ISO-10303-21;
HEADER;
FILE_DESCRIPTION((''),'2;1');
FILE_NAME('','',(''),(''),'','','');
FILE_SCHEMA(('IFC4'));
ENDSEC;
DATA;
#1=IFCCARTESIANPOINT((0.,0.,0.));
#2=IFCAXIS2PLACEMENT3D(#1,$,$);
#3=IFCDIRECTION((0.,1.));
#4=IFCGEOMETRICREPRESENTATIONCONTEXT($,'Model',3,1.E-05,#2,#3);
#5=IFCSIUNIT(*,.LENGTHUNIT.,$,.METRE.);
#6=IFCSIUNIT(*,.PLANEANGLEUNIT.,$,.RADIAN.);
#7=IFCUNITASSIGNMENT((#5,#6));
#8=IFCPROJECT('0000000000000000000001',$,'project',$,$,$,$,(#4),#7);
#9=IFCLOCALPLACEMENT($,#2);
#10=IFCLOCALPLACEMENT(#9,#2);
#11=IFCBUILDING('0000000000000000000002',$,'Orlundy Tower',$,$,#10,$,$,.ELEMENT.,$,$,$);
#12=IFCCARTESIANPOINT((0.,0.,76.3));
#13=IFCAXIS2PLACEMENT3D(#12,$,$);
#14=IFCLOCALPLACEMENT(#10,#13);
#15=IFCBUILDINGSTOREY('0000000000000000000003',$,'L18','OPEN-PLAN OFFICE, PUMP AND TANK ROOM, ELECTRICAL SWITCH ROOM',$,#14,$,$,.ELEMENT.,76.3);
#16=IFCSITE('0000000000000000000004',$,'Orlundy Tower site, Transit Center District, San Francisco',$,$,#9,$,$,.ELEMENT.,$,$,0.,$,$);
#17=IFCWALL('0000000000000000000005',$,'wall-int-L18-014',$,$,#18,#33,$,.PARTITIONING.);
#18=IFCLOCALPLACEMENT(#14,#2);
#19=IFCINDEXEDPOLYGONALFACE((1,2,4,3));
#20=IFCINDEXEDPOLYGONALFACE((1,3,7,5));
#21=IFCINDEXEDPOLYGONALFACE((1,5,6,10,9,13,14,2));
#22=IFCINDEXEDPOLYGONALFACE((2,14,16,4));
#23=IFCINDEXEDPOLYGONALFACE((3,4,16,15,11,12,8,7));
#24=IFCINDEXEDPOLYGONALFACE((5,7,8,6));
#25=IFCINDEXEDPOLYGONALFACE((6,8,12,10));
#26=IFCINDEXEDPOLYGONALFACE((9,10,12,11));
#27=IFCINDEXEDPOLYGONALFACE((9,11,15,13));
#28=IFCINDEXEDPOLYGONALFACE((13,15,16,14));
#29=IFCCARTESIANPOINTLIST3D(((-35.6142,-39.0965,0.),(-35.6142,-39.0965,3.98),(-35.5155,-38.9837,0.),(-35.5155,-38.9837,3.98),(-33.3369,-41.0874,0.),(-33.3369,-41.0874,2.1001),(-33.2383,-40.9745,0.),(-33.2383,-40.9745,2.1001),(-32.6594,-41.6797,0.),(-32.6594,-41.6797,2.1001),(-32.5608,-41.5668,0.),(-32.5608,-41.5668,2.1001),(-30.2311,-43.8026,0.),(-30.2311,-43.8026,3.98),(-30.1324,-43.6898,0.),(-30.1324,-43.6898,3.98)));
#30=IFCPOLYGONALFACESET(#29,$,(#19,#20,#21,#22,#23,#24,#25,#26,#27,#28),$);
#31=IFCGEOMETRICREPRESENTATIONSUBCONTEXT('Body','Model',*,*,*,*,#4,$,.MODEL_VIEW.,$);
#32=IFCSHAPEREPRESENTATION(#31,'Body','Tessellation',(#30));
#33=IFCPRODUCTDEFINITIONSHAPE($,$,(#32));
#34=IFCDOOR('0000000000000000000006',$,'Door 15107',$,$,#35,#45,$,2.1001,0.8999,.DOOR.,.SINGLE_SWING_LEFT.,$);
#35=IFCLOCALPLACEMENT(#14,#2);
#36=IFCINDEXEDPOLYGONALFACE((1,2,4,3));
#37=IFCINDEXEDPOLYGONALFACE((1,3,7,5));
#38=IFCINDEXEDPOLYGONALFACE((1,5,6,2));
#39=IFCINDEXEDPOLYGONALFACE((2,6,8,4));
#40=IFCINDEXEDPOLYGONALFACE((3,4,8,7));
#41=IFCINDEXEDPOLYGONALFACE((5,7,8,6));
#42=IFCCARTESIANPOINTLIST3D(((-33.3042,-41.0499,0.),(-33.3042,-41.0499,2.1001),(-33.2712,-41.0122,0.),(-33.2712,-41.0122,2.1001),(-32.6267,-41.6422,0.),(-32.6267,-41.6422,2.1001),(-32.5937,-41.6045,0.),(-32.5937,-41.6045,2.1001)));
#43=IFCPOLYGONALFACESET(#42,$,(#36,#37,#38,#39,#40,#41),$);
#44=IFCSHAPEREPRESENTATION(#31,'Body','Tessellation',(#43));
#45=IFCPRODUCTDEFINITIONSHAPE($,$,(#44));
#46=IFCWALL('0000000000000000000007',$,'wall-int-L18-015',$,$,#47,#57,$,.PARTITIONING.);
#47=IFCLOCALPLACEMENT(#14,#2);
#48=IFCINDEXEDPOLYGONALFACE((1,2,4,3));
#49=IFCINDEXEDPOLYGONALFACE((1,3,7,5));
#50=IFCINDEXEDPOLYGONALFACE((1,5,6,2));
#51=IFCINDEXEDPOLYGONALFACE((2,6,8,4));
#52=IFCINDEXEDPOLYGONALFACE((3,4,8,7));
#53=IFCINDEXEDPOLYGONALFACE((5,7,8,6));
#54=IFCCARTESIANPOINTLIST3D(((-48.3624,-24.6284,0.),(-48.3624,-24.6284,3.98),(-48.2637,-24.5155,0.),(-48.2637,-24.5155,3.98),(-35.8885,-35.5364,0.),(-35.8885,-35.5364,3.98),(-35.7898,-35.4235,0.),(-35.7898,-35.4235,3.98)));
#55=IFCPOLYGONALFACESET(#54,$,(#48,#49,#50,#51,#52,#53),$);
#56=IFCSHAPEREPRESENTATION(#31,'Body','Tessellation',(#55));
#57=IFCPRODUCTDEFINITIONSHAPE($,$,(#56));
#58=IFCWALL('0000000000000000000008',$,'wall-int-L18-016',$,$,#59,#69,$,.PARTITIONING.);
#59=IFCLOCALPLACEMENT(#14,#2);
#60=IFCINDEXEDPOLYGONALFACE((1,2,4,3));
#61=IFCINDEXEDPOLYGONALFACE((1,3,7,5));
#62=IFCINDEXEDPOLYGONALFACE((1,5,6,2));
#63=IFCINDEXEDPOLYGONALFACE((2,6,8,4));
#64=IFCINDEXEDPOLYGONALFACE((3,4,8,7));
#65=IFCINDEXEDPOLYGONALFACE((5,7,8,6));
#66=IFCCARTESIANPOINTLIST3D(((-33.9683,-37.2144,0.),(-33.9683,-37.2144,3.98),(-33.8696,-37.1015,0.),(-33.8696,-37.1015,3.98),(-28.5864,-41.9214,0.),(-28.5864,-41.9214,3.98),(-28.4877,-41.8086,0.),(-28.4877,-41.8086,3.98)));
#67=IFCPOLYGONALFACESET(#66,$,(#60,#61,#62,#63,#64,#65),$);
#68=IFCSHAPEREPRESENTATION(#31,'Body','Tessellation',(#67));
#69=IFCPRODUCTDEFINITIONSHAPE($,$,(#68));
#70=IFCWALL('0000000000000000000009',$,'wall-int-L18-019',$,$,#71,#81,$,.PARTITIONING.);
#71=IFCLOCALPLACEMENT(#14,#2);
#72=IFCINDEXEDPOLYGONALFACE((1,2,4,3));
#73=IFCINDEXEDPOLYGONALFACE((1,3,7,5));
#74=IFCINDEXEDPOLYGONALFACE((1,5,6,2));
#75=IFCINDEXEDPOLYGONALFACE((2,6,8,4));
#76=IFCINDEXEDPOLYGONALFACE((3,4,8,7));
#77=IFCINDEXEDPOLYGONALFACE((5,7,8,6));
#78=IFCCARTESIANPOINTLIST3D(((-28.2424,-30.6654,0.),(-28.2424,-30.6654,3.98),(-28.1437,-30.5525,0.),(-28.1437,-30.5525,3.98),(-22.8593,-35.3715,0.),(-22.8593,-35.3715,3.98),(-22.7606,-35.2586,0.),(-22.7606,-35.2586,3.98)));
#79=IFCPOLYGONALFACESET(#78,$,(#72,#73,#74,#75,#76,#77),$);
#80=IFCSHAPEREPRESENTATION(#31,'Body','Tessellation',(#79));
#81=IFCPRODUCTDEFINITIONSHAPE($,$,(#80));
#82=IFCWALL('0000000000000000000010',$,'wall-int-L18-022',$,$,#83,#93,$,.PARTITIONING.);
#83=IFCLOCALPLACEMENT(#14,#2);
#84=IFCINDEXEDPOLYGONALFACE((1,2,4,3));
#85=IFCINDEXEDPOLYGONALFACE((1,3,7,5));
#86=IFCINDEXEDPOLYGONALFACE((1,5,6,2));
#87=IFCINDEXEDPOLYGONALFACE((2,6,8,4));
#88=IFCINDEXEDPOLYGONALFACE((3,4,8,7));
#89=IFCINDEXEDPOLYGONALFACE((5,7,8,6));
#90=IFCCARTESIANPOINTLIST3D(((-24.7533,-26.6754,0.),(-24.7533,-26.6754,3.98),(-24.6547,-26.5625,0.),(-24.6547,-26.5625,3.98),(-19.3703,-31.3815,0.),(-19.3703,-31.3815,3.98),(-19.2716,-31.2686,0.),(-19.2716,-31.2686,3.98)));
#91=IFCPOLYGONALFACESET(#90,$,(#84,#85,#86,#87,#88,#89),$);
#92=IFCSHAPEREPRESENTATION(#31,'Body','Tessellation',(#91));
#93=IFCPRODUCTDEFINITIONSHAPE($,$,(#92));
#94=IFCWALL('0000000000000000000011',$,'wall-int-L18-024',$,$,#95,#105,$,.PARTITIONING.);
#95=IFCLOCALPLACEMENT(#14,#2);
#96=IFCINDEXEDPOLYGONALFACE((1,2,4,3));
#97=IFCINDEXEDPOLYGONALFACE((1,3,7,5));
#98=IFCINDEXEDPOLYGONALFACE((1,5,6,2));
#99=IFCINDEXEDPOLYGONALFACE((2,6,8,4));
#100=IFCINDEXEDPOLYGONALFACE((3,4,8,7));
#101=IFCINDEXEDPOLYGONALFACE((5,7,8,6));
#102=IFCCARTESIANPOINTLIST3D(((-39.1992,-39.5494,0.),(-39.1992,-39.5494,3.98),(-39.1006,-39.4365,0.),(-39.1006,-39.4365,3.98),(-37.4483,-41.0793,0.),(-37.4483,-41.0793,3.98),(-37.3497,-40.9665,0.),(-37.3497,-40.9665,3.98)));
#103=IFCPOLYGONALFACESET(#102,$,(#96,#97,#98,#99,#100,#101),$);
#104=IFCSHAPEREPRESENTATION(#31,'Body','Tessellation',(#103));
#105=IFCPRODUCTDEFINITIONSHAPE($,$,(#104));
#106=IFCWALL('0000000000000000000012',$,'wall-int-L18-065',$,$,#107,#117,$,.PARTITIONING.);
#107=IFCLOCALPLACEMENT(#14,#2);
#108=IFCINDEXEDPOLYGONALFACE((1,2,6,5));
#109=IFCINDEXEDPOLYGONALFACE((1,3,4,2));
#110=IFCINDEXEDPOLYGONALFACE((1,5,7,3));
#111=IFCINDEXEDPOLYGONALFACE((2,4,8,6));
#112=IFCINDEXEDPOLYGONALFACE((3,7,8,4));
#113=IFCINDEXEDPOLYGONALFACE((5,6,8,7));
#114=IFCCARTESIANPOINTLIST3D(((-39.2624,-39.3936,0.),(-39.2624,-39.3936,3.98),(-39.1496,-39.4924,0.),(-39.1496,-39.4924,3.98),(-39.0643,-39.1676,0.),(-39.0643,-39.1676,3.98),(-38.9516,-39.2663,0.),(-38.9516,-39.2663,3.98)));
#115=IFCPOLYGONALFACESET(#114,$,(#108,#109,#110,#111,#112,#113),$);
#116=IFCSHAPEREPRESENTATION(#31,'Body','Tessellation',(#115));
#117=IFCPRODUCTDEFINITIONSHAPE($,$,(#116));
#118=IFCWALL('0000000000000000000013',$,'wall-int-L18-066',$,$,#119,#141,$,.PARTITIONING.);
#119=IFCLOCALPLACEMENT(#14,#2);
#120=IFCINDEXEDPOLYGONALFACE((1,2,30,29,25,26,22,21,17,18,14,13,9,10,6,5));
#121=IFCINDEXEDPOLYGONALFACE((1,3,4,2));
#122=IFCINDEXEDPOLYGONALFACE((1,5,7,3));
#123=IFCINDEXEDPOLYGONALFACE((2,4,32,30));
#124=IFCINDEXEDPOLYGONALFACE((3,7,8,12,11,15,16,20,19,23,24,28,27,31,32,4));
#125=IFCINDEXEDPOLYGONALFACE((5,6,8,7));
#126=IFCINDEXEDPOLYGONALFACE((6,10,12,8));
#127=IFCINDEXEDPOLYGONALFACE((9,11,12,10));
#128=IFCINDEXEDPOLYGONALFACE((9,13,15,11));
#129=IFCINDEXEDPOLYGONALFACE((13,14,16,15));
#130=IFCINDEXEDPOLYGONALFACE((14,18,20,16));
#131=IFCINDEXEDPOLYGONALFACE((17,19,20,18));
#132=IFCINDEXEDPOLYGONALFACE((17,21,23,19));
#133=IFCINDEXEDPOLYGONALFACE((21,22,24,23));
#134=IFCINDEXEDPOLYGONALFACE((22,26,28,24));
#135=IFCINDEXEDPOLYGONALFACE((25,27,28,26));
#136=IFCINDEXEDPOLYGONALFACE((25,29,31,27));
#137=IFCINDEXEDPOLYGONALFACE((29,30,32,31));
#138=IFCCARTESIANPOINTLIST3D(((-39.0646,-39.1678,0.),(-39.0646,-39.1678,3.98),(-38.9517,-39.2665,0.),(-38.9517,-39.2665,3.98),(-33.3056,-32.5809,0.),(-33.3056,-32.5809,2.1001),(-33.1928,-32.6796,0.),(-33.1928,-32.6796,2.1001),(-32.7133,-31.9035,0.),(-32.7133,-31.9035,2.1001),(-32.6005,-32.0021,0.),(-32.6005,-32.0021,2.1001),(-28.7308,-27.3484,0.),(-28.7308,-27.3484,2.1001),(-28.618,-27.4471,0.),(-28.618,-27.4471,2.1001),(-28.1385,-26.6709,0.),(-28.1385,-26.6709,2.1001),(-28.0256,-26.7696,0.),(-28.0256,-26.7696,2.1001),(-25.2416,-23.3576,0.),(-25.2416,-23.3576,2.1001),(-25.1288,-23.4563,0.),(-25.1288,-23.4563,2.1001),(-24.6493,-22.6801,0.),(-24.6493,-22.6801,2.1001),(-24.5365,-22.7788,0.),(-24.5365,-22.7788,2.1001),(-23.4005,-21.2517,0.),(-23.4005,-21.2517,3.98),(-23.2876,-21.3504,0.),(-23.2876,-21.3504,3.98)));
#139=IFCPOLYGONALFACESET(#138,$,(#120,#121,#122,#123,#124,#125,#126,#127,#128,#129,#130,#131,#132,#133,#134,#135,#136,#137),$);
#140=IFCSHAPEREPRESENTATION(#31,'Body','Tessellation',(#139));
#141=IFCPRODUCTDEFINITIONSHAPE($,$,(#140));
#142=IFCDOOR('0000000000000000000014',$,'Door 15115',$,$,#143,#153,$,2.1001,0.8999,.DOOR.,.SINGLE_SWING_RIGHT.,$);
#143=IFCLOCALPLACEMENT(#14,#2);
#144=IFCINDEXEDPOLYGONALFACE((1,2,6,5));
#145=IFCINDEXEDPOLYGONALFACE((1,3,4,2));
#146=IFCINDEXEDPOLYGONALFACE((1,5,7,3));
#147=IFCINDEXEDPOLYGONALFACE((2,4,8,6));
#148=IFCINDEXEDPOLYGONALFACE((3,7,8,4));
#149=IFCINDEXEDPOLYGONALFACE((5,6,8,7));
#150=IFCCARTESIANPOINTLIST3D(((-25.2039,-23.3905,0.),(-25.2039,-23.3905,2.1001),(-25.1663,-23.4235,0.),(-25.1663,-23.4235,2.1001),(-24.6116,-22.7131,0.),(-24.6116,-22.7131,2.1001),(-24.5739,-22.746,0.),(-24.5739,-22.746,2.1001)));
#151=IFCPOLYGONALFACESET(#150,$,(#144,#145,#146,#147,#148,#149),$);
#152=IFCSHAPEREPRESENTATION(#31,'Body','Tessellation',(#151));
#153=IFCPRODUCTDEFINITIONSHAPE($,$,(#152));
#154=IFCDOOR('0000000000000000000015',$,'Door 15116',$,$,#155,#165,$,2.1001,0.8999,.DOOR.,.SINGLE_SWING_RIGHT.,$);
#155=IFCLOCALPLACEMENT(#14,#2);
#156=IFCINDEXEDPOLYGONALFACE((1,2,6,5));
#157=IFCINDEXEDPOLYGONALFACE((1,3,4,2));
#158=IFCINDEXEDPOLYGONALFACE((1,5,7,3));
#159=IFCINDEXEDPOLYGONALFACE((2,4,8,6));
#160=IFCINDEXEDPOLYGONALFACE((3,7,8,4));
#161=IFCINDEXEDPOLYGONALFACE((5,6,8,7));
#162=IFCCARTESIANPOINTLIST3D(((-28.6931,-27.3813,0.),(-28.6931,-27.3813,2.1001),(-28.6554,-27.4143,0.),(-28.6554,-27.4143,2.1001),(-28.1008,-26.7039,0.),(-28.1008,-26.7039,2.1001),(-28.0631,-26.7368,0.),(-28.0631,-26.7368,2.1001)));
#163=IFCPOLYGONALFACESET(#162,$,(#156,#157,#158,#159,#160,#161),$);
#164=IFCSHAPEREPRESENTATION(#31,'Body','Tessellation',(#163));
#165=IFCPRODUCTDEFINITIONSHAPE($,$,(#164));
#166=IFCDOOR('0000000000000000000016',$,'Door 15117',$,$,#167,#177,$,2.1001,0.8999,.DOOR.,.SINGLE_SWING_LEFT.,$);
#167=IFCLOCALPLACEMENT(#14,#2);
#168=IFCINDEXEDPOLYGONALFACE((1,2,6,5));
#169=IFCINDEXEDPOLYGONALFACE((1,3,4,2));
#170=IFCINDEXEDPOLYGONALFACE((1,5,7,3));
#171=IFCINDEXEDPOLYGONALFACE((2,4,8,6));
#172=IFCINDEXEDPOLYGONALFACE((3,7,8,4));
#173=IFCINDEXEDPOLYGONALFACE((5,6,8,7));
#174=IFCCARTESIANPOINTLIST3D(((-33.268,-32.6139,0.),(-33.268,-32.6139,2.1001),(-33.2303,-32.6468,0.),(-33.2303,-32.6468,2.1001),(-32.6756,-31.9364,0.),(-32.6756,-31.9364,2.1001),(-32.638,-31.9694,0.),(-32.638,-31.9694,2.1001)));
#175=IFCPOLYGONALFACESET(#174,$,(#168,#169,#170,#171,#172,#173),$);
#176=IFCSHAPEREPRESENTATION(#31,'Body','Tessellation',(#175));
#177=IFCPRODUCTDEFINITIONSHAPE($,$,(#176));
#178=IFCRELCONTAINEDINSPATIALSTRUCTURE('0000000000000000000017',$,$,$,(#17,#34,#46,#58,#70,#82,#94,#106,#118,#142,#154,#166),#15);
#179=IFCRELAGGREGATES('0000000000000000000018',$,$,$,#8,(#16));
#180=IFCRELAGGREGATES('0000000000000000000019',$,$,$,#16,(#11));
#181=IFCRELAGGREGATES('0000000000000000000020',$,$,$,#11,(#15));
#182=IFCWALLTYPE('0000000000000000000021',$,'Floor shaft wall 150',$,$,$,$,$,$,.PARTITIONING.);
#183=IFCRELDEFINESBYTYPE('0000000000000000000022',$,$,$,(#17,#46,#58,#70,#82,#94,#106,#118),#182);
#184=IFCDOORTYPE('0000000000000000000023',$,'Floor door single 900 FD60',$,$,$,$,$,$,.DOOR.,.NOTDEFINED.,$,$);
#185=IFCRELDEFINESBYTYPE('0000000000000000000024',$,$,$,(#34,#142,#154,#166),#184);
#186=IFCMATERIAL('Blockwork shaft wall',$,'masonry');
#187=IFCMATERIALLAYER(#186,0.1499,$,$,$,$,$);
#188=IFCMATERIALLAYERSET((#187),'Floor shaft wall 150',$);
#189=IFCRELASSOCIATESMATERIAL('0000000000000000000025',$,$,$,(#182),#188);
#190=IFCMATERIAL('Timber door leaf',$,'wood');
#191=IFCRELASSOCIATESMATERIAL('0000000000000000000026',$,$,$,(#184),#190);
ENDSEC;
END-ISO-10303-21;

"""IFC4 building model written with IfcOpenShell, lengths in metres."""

from ifc_helpers import new_model, si_unit, direction, frame, frame_2d, origin, place, context, subcontext, project, spatial, rectangle, extrude, material, layer, layer_set, type_object, element, fill, save


model = new_model("IFC4")

# Units and contexts
model_context = context("Model", 3, precision=1e-05, world=origin(), true_north=direction((0.0, 1.0)))
body_context = subcontext(model_context, "Body", "Model", "MODEL_VIEW")
ifc_project = project(units=[si_unit("LENGTHUNIT", "METRE"), si_unit("PLANEANGLEUNIT", "RADIAN")], contexts=[model_context])

# Site, building, storey
site_placement = place(None, origin())
site = spatial("IfcSite", under=ifc_project, at=site_placement, Name="Orlundy Tower site, Transit Center District, San Francisco", CompositionType="ELEMENT", RefElevation=0.0)
building_placement = place(site_placement, origin())
building = spatial("IfcBuilding", under=site, at=building_placement, Name="Orlundy Tower", CompositionType="ELEMENT")
storey_placement = place(building_placement, frame((0.0, 0.0, 76.3)))
storey = spatial("IfcBuildingStorey", under=building, at=storey_placement, Name="L18", Description="OPEN-PLAN OFFICE, PUMP AND TANK ROOM, ELECTRICAL SWITCH ROOM", CompositionType="ELEMENT", Elevation=76.3)

# Wall, opening, door
ifc_material_1 = material(Name="Blockwork shaft wall", Category="masonry")
ifc_layer_1 = layer(ifc_material_1, 0.1499)
ifc_layer_set_1 = layer_set([ifc_layer_1], Name="Floor shaft wall 150")
wall_type = type_object("IfcWallType", Name="Floor shaft wall 150", PredefinedType="PARTITIONING", material=ifc_layer_set_1)
wall_1_placement = place(storey_placement, frame((-35.5649, -39.04, 0.0), z_axis=(0.0, 0.0, 1.0), x_axis=(0.752862, -0.658178, 0.0)))
wall_1 = element("IfcWall", 1, at=wall_1_placement, inside=storey, type_object=wall_type, Name="wall-int-L18-014", PredefinedType="PARTITIONING", context=body_context, shape_type="SweptSolid", body=[
    extrude(rectangle(XDim=7.1501, YDim=0.1499, at=frame_2d((3.5752, 0.0))), origin(), (0.0, 0.0, 1.0), 3.98),
])
opening_1_placement = place(wall_1_placement, frame((3.0249, 0.0, 0.0)))
opening_1 = element("IfcOpeningElement", 2, at=opening_1_placement, cuts=wall_1, PredefinedType="OPENING", context=body_context, shape_type="SweptSolid", body=[
    extrude(rectangle(XDim=0.8999, YDim=2.1001, at=frame_2d((0.45, 1.05))), frame((0.0, 0.085, 0.0), z_axis=(0.0, -1.0, 0.0), x_axis=(1.0, 0.0, 0.0)), (0.0, 0.0, 1.0), 0.1699),
])
ifc_material_2 = material(Name="Timber door leaf", Category="wood")
door_type = type_object("IfcDoorType", Name="Floor door single 900 FD60", OperationType="NOTDEFINED", PredefinedType="DOOR", material=ifc_material_2)
door_1_placement = place(opening_1_placement, origin())
door_1 = element("IfcDoor", 3, at=door_1_placement, inside=storey, type_object=door_type, Name="Door 15107", OperationType="SINGLE_SWING_LEFT", OverallHeight=2.1001, OverallWidth=0.8999, PredefinedType="DOOR", context=body_context, shape_type="SweptSolid", body=[
    extrude(rectangle(XDim=0.8999, YDim=2.1001, at=frame_2d((0.45, 1.05))), frame((0.0, 0.0249, 0.0), z_axis=(0.0, -1.0, 0.0), x_axis=(1.0, 0.0, 0.0)), (0.0, 0.0, 1.0), 0.05),
])
fill(opening_1, door_1)

# Walls
wall_2_placement = place(storey_placement, frame((-48.313, -24.572, 0.0), z_axis=(0.0, 0.0, 1.0), x_axis=(0.752777, -0.658276, 0.0)))
element("IfcWall", 4, at=wall_2_placement, inside=storey, type_object=wall_type, Name="wall-int-L18-015", PredefinedType="PARTITIONING", context=body_context, shape_type="SweptSolid", body=[
    extrude(rectangle(XDim=16.5706, YDim=0.1499, at=frame_2d((8.2852, 0.0))), origin(), (0.0, 0.0, 1.0), 3.98),
])
wall_3_placement = place(storey_placement, frame((-33.9189, -37.158, 0.0), z_axis=(0.0, 0.0, 1.0), x_axis=(0.752721, -0.65834, 0.0)))
element("IfcWall", 5, at=wall_3_placement, inside=storey, type_object=wall_type, Name="wall-int-L18-016", PredefinedType="PARTITIONING", context=body_context, shape_type="SweptSolid", body=[
    extrude(rectangle(XDim=7.1499, YDim=0.1499, at=frame_2d((3.575, 0.0))), origin(), (0.0, 0.0, 1.0), 3.98),
])
for number, where, z_axis, x_axis, name in (
    (6, (-28.1931, -30.6089, 0.0), (0.0, 0.0, 1.0), (0.752862, -0.658178, 0.0), "wall-int-L18-019"),
    (7, (-24.7041, -26.6189, 0.0), (0.0, 0.0, 1.0), (0.752862, -0.658178, 0.0), "wall-int-L18-022"),
):
    element("IfcWall", number, at=place(storey_placement, frame(where, z_axis=z_axis, x_axis=x_axis)), inside=storey, type_object=wall_type, Name=name, PredefinedType="PARTITIONING", context=body_context, shape_type="SweptSolid", body=[
        extrude(rectangle(XDim=7.1501, YDim=0.1499, at=frame_2d((3.5752, 0.0))), origin(), (0.0, 0.0, 1.0), 3.98),
    ])
wall_4_placement = place(storey_placement, frame((-39.1499, -39.4929, 0.0), z_axis=(0.0, 0.0, 1.0), x_axis=(0.753019, -0.657999, 0.0)))
element("IfcWall", 8, at=wall_4_placement, inside=storey, type_object=wall_type, Name="wall-int-L18-024", PredefinedType="PARTITIONING", context=body_context, shape_type="SweptSolid", body=[
    extrude(rectangle(XDim=2.3252, YDim=0.1499, at=frame_2d((1.1626, 0.0))), origin(), (0.0, 0.0, 1.0), 3.98),
])
wall_5_placement = place(storey_placement, frame((-39.2061, -39.4431, 0.0), z_axis=(0.0, 0.0, 1.0), x_axis=(0.65885, 0.752275, 0.0)))
element("IfcWall", 9, at=wall_5_placement, inside=storey, type_object=wall_type, Name="wall-int-L18-065", PredefinedType="PARTITIONING", context=body_context, shape_type="SweptSolid", body=[
    extrude(rectangle(XDim=0.3005, YDim=0.1499, at=frame_2d((0.1504, 0.0))), origin(), (0.0, 0.0, 1.0), 3.98),
])

# Wall, openings, doors
wall_6_placement = place(storey_placement, frame((-39.0081, -39.217, 0.0), z_axis=(0.0, 0.0, 1.0), x_axis=(0.658208, 0.752836, 0.0)))
wall_6 = element("IfcWall", 10, at=wall_6_placement, inside=storey, type_object=wall_type, Name="wall-int-L18-066", PredefinedType="PARTITIONING", context=body_context, shape_type="SweptSolid", body=[
    extrude(rectangle(XDim=23.7981, YDim=0.1499, at=frame_2d((11.8989, 0.0))), origin(), (0.0, 0.0, 1.0), 3.98),
])
opening_2_placement = place(wall_6_placement, frame((21.0007, 0.0, 0.0)))
opening_2 = element("IfcOpeningElement", 11, at=opening_2_placement, cuts=wall_6, PredefinedType="OPENING", context=body_context, shape_type="SweptSolid", body=[
    extrude(rectangle(XDim=0.8999, YDim=2.1001, at=frame_2d((0.45, 1.05))), frame((0.0, 0.085, 0.0), z_axis=(0.0, -1.0, 0.0), x_axis=(1.0, 0.0, 0.0)), (0.0, 0.0, 1.0), 0.1699),
])
opening_3_placement = place(wall_6_placement, frame((15.6997, 0.0, 0.0)))
opening_3 = element("IfcOpeningElement", 12, at=opening_3_placement, cuts=wall_6, PredefinedType="OPENING", context=body_context, shape_type="SweptSolid", body=[
    extrude(rectangle(XDim=0.8999, YDim=2.1001, at=frame_2d((0.45, 1.05))), frame((0.0, 0.085, 0.0), z_axis=(0.0, -1.0, 0.0), x_axis=(1.0, 0.0, 0.0)), (0.0, 0.0, 1.0), 0.1699),
])
opening_4_placement = place(wall_6_placement, frame((8.7493, 0.0, 0.0)))
opening_4 = element("IfcOpeningElement", 13, at=opening_4_placement, cuts=wall_6, PredefinedType="OPENING", context=body_context, shape_type="SweptSolid", body=[
    extrude(rectangle(XDim=0.8999, YDim=2.1001, at=frame_2d((0.45, 1.05))), frame((0.0, 0.085, 0.0), z_axis=(0.0, -1.0, 0.0), x_axis=(1.0, 0.0, 0.0)), (0.0, 0.0, 1.0), 0.1699),
])
door_2_placement = place(opening_2_placement, origin())
door_2 = element("IfcDoor", 14, at=door_2_placement, inside=storey, type_object=door_type, Name="Door 15115", OperationType="SINGLE_SWING_RIGHT", OverallHeight=2.1001, OverallWidth=0.8999, PredefinedType="DOOR", context=body_context, shape_type="SweptSolid", body=[
    extrude(rectangle(XDim=0.8999, YDim=2.1001, at=frame_2d((0.45, 1.05))), frame((0.0, 0.0249, 0.0), z_axis=(0.0, -1.0, 0.0), x_axis=(1.0, 0.0, 0.0)), (0.0, 0.0, 1.0), 0.05),
])
fill(opening_2, door_2)
door_3_placement = place(opening_3_placement, origin())
door_3 = element("IfcDoor", 15, at=door_3_placement, inside=storey, type_object=door_type, Name="Door 15116", OperationType="SINGLE_SWING_RIGHT", OverallHeight=2.1001, OverallWidth=0.8999, PredefinedType="DOOR", context=body_context, shape_type="SweptSolid", body=[
    extrude(rectangle(XDim=0.8999, YDim=2.1001, at=frame_2d((0.45, 1.05))), frame((0.0, 0.0249, 0.0), z_axis=(0.0, -1.0, 0.0), x_axis=(1.0, 0.0, 0.0)), (0.0, 0.0, 1.0), 0.05),
])
fill(opening_3, door_3)
door_4_placement = place(opening_4_placement, origin())
door_4 = element("IfcDoor", 16, at=door_4_placement, inside=storey, type_object=door_type, Name="Door 15117", OperationType="SINGLE_SWING_LEFT", OverallHeight=2.1001, OverallWidth=0.8999, PredefinedType="DOOR", context=body_context, shape_type="SweptSolid", body=[
    extrude(rectangle(XDim=0.8999, YDim=2.1001, at=frame_2d((0.45, 1.05))), frame((0.0, 0.0249, 0.0), z_axis=(0.0, -1.0, 0.0), x_axis=(1.0, 0.0, 0.0)), (0.0, 0.0, 1.0), 0.05),
])
fill(opening_4, door_4)

save(model, "model.ifc")
